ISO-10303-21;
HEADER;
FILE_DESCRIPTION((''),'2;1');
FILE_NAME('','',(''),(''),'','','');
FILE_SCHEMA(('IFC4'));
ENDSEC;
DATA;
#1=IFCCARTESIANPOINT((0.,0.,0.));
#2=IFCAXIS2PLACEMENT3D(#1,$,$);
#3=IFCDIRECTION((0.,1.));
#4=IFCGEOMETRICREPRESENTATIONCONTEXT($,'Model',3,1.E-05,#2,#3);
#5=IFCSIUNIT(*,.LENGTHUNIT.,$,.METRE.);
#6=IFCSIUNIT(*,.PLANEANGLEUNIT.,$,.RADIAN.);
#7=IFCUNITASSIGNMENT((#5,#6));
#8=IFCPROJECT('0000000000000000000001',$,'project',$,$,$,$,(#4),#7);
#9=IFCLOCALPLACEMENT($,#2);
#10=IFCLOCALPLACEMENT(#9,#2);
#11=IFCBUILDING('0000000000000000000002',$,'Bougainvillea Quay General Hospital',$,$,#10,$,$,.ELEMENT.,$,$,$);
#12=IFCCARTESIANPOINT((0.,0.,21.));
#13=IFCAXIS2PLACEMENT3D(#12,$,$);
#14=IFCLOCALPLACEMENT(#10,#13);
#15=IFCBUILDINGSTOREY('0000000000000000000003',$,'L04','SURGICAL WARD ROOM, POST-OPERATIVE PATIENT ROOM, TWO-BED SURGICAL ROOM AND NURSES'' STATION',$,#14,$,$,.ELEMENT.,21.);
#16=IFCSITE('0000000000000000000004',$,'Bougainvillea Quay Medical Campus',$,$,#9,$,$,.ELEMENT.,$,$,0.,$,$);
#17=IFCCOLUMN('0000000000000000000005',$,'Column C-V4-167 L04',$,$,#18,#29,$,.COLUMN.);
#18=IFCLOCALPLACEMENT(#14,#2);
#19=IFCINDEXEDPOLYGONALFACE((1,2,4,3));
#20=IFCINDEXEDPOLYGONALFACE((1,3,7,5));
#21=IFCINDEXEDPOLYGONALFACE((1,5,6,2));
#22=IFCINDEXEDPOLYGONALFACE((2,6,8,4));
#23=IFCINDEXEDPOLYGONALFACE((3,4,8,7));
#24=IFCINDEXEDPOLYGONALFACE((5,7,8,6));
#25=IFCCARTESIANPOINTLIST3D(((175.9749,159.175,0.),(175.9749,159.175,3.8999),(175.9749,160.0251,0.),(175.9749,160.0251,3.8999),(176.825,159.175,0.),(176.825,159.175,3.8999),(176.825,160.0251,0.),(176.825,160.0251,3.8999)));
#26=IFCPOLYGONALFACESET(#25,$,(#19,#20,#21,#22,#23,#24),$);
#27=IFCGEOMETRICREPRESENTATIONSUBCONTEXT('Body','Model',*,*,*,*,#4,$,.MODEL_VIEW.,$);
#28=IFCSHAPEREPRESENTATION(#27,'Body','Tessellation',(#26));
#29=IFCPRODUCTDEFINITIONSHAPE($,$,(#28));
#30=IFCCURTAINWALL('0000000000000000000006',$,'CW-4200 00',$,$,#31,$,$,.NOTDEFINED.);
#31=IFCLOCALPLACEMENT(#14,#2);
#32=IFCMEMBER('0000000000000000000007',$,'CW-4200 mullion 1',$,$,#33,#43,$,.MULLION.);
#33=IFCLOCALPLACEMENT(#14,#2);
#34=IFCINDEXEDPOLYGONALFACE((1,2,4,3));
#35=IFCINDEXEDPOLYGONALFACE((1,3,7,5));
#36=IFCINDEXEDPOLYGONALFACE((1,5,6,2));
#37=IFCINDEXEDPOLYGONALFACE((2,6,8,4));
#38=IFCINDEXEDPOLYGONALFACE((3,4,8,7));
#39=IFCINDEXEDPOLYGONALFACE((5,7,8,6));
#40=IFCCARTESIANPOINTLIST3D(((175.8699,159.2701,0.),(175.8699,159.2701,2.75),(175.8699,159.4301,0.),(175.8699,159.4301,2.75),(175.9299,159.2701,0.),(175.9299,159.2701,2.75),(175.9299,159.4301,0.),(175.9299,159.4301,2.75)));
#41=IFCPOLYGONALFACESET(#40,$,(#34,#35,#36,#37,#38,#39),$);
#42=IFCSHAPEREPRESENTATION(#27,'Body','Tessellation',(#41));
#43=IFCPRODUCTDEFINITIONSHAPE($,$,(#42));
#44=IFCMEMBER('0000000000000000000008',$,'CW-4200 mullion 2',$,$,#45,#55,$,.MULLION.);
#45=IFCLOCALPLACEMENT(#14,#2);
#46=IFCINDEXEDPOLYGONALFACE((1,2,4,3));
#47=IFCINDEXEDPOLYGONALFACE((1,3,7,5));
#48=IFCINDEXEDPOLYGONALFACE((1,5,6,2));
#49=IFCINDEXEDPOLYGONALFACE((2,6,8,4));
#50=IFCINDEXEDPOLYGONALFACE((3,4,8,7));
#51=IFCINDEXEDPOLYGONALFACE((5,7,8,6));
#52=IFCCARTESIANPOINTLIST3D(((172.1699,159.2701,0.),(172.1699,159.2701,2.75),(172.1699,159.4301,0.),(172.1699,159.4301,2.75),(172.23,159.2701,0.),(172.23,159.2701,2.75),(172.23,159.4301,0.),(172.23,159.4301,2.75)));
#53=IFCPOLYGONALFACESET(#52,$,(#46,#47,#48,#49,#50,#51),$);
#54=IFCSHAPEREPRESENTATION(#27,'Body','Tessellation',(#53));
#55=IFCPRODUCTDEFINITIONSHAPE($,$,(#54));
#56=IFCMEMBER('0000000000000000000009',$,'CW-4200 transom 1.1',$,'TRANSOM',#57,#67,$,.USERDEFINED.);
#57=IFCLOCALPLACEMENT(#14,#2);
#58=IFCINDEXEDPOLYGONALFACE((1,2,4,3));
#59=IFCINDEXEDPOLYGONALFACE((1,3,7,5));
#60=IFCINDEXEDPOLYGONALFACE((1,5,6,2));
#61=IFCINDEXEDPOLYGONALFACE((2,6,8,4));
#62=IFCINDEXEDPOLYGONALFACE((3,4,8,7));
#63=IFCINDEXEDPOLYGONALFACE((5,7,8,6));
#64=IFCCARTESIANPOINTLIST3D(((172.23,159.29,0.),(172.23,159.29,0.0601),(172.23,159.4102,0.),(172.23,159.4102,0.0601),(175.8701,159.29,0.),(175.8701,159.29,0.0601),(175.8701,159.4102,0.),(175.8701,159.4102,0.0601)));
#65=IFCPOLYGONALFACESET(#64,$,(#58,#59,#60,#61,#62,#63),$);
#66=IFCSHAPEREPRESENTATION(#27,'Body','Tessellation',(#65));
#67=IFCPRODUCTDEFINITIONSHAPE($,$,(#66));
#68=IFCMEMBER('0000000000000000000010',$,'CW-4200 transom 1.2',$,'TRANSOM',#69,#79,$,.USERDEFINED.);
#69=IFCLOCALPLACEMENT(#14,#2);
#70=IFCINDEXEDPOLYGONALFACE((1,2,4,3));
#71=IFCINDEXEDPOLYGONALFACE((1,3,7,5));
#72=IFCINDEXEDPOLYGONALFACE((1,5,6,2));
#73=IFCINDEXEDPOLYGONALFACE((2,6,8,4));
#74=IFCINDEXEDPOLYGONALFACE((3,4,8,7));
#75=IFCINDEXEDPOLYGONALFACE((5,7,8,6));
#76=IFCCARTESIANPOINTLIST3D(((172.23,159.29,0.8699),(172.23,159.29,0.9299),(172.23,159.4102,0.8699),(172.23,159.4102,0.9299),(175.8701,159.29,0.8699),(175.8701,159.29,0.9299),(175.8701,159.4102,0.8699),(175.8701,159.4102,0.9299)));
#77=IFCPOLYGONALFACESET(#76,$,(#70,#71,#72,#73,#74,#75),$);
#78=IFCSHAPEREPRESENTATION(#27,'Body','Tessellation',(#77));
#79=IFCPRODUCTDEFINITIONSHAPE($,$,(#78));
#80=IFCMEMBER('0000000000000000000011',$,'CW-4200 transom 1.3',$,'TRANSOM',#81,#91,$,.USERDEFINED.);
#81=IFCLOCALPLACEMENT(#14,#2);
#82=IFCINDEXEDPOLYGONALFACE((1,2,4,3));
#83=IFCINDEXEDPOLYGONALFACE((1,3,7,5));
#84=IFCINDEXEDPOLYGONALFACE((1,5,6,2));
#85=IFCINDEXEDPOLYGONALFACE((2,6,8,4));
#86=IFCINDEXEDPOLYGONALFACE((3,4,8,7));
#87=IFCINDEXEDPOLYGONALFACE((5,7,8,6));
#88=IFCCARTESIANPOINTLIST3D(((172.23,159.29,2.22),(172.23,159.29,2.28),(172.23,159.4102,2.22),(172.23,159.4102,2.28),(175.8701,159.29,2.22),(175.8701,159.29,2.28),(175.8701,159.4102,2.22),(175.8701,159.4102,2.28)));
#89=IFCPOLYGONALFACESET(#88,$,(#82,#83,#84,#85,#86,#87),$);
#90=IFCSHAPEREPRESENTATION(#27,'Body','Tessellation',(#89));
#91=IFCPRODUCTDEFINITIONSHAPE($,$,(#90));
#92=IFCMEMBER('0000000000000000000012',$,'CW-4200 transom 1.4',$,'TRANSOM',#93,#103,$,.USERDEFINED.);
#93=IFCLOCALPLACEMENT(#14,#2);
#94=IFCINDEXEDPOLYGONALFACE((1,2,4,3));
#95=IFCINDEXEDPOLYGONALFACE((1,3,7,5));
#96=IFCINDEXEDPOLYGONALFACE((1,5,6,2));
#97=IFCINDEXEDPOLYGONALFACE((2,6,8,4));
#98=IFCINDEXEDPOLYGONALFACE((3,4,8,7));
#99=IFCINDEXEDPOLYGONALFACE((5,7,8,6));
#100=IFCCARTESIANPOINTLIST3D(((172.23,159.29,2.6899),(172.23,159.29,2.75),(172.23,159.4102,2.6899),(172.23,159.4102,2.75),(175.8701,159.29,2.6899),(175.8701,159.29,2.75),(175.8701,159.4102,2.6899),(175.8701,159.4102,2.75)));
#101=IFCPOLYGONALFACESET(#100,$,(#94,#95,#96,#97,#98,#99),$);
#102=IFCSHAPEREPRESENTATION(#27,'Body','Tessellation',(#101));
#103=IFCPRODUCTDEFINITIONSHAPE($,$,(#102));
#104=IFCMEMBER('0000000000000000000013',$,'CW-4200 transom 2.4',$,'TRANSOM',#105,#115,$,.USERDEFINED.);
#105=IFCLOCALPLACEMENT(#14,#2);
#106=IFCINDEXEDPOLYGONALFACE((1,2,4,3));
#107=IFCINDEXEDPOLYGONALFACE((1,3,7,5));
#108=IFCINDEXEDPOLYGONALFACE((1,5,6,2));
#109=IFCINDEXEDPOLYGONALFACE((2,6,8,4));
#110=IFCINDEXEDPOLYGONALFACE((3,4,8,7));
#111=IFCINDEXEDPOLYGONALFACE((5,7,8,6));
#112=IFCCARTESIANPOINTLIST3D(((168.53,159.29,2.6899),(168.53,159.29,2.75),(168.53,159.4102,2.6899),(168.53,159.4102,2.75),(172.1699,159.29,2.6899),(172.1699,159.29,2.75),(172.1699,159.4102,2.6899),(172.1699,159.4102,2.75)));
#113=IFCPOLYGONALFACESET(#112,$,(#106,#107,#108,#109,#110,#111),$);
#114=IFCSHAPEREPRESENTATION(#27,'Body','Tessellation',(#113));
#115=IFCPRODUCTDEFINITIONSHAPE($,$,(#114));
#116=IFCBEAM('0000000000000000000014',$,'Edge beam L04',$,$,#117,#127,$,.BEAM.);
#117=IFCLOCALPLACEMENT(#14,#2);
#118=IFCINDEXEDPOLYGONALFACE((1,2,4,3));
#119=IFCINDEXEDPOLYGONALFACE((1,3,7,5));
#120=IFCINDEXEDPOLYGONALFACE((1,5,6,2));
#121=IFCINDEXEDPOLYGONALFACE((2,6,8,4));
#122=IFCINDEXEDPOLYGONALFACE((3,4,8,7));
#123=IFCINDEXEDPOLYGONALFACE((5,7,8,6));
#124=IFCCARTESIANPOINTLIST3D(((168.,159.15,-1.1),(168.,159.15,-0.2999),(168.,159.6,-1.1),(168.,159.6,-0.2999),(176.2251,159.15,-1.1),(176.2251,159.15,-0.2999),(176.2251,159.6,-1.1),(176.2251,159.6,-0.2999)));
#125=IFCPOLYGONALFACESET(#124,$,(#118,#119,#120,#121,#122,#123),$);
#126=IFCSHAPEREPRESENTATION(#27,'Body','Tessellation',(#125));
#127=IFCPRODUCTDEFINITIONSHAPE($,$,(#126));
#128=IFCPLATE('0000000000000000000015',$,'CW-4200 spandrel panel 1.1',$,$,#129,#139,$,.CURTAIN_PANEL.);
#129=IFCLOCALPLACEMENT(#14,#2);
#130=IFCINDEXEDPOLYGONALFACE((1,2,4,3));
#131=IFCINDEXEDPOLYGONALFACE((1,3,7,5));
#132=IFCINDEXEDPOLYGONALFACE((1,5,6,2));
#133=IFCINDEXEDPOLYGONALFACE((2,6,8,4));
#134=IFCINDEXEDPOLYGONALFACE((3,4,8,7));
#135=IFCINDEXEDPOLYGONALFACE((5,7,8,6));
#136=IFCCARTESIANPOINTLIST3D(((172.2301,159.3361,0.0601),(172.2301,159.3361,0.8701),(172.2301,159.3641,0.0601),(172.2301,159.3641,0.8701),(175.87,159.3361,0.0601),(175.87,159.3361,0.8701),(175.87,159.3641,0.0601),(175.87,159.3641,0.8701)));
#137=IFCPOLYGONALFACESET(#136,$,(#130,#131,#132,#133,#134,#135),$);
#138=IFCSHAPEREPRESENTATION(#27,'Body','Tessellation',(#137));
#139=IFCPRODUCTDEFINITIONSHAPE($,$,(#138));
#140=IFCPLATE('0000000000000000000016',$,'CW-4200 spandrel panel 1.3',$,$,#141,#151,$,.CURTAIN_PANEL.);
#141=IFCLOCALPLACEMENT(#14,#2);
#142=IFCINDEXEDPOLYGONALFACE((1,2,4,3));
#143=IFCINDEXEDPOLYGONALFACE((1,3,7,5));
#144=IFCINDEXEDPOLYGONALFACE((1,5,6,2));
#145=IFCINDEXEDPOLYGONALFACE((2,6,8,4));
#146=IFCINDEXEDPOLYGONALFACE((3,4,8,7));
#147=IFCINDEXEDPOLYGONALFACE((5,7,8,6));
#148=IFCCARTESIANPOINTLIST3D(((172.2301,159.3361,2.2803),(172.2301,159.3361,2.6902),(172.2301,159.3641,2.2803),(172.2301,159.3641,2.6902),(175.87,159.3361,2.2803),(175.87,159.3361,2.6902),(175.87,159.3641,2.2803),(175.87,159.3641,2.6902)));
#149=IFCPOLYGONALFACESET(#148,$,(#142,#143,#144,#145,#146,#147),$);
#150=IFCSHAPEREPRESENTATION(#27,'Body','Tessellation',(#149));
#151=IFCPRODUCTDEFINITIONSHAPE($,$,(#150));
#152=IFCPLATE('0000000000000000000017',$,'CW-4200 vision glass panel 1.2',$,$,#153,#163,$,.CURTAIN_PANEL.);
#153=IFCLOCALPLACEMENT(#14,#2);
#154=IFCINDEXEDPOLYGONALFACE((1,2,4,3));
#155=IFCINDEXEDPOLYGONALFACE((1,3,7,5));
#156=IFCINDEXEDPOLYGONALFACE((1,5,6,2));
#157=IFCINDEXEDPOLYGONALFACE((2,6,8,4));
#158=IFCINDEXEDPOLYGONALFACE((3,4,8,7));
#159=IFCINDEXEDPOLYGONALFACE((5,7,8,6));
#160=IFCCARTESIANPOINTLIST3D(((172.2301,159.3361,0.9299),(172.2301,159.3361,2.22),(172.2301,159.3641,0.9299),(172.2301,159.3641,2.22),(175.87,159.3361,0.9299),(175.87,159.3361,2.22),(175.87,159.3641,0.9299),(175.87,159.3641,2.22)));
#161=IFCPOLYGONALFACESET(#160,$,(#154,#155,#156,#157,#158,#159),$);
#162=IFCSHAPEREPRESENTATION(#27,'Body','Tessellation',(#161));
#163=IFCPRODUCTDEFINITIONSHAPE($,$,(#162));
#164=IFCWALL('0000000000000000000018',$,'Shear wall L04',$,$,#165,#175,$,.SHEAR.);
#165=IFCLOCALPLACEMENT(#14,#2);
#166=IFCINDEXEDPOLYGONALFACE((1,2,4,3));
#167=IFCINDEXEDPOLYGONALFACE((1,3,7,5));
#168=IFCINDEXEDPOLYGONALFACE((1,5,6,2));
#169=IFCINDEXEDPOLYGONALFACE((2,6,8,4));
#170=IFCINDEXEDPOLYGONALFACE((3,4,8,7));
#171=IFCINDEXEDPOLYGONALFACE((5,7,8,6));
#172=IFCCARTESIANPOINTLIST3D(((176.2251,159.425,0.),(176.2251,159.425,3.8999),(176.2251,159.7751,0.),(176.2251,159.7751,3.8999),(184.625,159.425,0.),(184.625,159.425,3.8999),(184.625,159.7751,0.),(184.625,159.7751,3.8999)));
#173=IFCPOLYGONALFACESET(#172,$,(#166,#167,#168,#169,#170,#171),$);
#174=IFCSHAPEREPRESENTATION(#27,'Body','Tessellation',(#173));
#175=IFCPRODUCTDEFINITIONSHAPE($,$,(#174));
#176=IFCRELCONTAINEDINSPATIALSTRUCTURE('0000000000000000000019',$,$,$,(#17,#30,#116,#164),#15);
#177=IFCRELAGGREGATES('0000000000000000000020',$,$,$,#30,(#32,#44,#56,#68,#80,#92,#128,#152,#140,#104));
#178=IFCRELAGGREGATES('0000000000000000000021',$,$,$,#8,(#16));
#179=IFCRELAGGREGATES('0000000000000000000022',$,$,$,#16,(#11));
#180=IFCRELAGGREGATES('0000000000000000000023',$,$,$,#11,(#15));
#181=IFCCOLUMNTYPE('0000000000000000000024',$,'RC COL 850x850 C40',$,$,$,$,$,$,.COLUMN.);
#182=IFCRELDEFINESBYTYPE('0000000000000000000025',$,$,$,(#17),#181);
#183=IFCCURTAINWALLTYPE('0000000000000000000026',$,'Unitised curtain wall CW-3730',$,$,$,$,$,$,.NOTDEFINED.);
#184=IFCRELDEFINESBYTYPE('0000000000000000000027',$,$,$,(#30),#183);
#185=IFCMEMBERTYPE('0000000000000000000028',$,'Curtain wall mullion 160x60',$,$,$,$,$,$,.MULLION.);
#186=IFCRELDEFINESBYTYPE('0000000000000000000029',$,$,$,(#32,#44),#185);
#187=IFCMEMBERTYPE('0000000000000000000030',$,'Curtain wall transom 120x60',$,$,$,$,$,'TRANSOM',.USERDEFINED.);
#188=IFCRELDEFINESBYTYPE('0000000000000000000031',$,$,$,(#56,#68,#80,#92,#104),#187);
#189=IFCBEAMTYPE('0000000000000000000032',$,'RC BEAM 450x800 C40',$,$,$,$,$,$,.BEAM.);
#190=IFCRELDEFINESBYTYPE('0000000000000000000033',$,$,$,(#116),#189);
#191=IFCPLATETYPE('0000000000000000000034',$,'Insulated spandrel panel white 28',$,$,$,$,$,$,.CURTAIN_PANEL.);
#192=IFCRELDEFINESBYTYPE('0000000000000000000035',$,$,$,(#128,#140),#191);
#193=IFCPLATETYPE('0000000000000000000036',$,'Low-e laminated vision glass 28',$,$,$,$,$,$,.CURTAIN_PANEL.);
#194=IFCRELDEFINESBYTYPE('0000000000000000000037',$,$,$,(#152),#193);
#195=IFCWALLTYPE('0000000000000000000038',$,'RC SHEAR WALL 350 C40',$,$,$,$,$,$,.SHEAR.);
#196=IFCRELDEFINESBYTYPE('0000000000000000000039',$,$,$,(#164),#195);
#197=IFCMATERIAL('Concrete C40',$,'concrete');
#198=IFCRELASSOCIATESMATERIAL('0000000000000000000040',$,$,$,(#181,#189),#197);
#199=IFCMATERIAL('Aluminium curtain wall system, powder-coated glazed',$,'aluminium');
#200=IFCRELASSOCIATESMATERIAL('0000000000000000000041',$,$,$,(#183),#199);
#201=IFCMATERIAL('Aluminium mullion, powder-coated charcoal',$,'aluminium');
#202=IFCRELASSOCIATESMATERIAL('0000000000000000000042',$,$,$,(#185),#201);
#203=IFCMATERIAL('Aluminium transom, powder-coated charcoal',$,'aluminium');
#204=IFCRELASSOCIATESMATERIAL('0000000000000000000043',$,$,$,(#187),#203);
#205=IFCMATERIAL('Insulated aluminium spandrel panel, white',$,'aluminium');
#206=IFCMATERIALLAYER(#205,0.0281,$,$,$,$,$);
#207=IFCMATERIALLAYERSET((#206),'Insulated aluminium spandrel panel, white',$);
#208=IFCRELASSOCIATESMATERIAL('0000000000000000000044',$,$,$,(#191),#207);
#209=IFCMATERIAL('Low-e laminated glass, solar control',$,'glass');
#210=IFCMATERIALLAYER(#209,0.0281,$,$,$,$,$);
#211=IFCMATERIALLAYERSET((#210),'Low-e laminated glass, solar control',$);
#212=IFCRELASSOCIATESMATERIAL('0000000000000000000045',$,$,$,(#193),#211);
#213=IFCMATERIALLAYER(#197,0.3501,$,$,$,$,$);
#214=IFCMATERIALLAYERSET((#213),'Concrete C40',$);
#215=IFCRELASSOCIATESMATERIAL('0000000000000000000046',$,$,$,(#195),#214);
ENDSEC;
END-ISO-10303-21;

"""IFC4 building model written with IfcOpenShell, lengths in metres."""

from ifc_helpers import new_model, si_unit, direction, frame, frame_2d, origin, origin_2d, place, context, subcontext, project, spatial, rectangle, extrude, material, layer, layer_set, material_profile, profile_set, type_object, element, aggregate, save


model = new_model("IFC4")

# Units and contexts
model_context = context("Model", 3, precision=1e-05, world=origin(), true_north=direction((0.0, 1.0)))
body_context = subcontext(model_context, "Body", "Model", "MODEL_VIEW")
ifc_project = project(units=[si_unit("LENGTHUNIT", "METRE"), si_unit("PLANEANGLEUNIT", "RADIAN")], contexts=[model_context])

# Site, building, storey
site_placement = place(None, origin())
site = spatial("IfcSite", under=ifc_project, at=site_placement, Name="Bougainvillea Quay Medical Campus", CompositionType="ELEMENT", RefElevation=0.0)
building_placement = place(site_placement, origin())
building = spatial("IfcBuilding", under=site, at=building_placement, Name="Bougainvillea Quay General Hospital", CompositionType="ELEMENT")
storey_placement = place(building_placement, frame((0.0, 0.0, 21.0)))
storey = spatial("IfcBuildingStorey", under=building, at=storey_placement, Name="L04", Description="SURGICAL WARD ROOM, POST-OPERATIVE PATIENT ROOM, TWO-BED SURGICAL ROOM AND NURSES' STATION", CompositionType="ELEMENT", Elevation=21.0)

# Column
ifc_material_1 = material(Name="Concrete C40", Category="concrete")
ifc_material_profile_1 = material_profile(ifc_material_1, rectangle(XDim=0.8501, YDim=0.8501, at=origin_2d()))
ifc_profile_set_1 = profile_set([ifc_material_profile_1], Name="Concrete C40")
column_type = type_object("IfcColumnType", Name="RC COL 850x850 C40", PredefinedType="COLUMN", material=ifc_profile_set_1)
column_placement = place(storey_placement, frame((176.3999, 159.6001, 0.0), z_axis=(0.0, 0.0, 1.0), x_axis=(1.0, 0.0, 0.0)))
element("IfcColumn", 1, at=column_placement, inside=storey, type_object=column_type, Name="Column C-V4-167 L04", PredefinedType="COLUMN", context=body_context, shape_type="SweptSolid", body=[
    extrude(rectangle(XDim=0.8501, YDim=0.8501, at=origin_2d()), origin(), (0.0, 0.0, 1.0), 3.8999),
])

# Curtain wall, members
ifc_material_2 = material(Name="Aluminium curtain wall system, powder-coated glazed", Category="aluminium")
curtain_wall_type = type_object("IfcCurtainWallType", Name="Unitised curtain wall CW-3730", PredefinedType="NOTDEFINED", material=ifc_material_2)
curtain_wall_placement = place(storey_placement, origin())
curtain_wall = element("IfcCurtainWall", 2, at=curtain_wall_placement, inside=storey, type_object=curtain_wall_type, Name="CW-4200 00", PredefinedType="NOTDEFINED")
ifc_material_3 = material(Name="Aluminium mullion, powder-coated charcoal", Category="aluminium")
ifc_material_profile_2 = material_profile(ifc_material_3, rectangle(XDim=0.1599, YDim=0.0601, at=origin_2d()))
ifc_profile_set_2 = profile_set([ifc_material_profile_2], Name="Aluminium mullion, powder-coated charcoal")
member_type_1 = type_object("IfcMemberType", Name="Curtain wall mullion 160x60", PredefinedType="MULLION", material=ifc_profile_set_2)
member_1_placement = place(storey_placement, frame((175.8999, 159.3501, 0.0), z_axis=(0.0, 0.0, 1.0), x_axis=(0.0, -1.0, 0.0)))
member_1 = element("IfcMember", 3, at=member_1_placement, type_object=member_type_1, Name="CW-4200 mullion 1", PredefinedType="MULLION", context=body_context, shape_type="SweptSolid", body=[
    extrude(rectangle(XDim=0.1599, YDim=0.0601, at=origin_2d()), origin(), (0.0, 0.0, 1.0), 2.75),
])
member_2_placement = place(storey_placement, frame((172.2, 159.3501, 0.0), z_axis=(0.0, 0.0, 1.0), x_axis=(0.0, -1.0, 0.0)))
member_2 = element("IfcMember", 4, at=member_2_placement, type_object=member_type_1, Name="CW-4200 mullion 2", PredefinedType="MULLION", context=body_context, shape_type="SweptSolid", body=[
    extrude(rectangle(XDim=0.1599, YDim=0.0601, at=origin_2d()), origin(), (0.0, 0.0, 1.0), 2.75),
])
ifc_material_4 = material(Name="Aluminium transom, powder-coated charcoal", Category="aluminium")
ifc_material_profile_3 = material_profile(ifc_material_4, rectangle(XDim=0.1201, YDim=0.0601, at=origin_2d()))
ifc_profile_set_3 = profile_set([ifc_material_profile_3], Name="Aluminium transom, powder-coated charcoal")
member_type_2 = type_object("IfcMemberType", Name="Curtain wall transom 120x60", ElementType="TRANSOM", PredefinedType="USERDEFINED", material=ifc_profile_set_3)
member_3_placement = place(storey_placement, frame((175.8701, 159.3501, 0.03), z_axis=(-1.0, 0.0, 0.0), x_axis=(0.0, -1.0, 0.0)))
member_3 = element("IfcMember", 5, at=member_3_placement, type_object=member_type_2, Name="CW-4200 transom 1.1", ObjectType="TRANSOM", PredefinedType="USERDEFINED", context=body_context, shape_type="SweptSolid", body=[
    extrude(rectangle(XDim=0.1201, YDim=0.0601, at=origin_2d()), origin(), (0.0, 0.0, 1.0), 3.6401),
])
member_4_placement = place(storey_placement, frame((175.8701, 159.3501, 0.8999), z_axis=(-1.0, 0.0, 0.0), x_axis=(0.0, -1.0, 0.0)))
member_4 = element("IfcMember", 6, at=member_4_placement, type_object=member_type_2, Name="CW-4200 transom 1.2", ObjectType="TRANSOM", PredefinedType="USERDEFINED", context=body_context, shape_type="SweptSolid", body=[
    extrude(rectangle(XDim=0.1201, YDim=0.0601, at=origin_2d()), origin(), (0.0, 0.0, 1.0), 3.6401),
])
member_5_placement = place(storey_placement, frame((175.8701, 159.3501, 2.25), z_axis=(-1.0, 0.0, 0.0), x_axis=(0.0, -1.0, 0.0)))
member_5 = element("IfcMember", 7, at=member_5_placement, type_object=member_type_2, Name="CW-4200 transom 1.3", ObjectType="TRANSOM", PredefinedType="USERDEFINED", context=body_context, shape_type="SweptSolid", body=[
    extrude(rectangle(XDim=0.1201, YDim=0.0601, at=origin_2d()), origin(), (0.0, 0.0, 1.0), 3.6401),
])
member_6_placement = place(storey_placement, frame((175.8701, 159.3501, 2.72), z_axis=(-1.0, 0.0, 0.0), x_axis=(0.0, -1.0, 0.0)))
member_6 = element("IfcMember", 8, at=member_6_placement, type_object=member_type_2, Name="CW-4200 transom 1.4", ObjectType="TRANSOM", PredefinedType="USERDEFINED", context=body_context, shape_type="SweptSolid", body=[
    extrude(rectangle(XDim=0.1201, YDim=0.0601, at=origin_2d()), origin(), (0.0, 0.0, 1.0), 3.6401),
])
member_7_placement = place(storey_placement, frame((172.1699, 159.3501, 2.72), z_axis=(-1.0, 0.0, 0.0), x_axis=(0.0, -1.0, 0.0)))
member_7 = element("IfcMember", 9, at=member_7_placement, type_object=member_type_2, Name="CW-4200 transom 2.4", ObjectType="TRANSOM", PredefinedType="USERDEFINED", context=body_context, shape_type="SweptSolid", body=[
    extrude(rectangle(XDim=0.1201, YDim=0.0601, at=origin_2d()), origin(), (0.0, 0.0, 1.0), 3.6399),
])

# Beam
ifc_material_profile_4 = material_profile(ifc_material_1, rectangle(XDim=0.45, YDim=0.8, at=origin_2d()))
ifc_profile_set_4 = profile_set([ifc_material_profile_4], Name="Concrete C40")
beam_type = type_object("IfcBeamType", Name="RC BEAM 450x800 C40", PredefinedType="BEAM", material=ifc_profile_set_4)
beam_placement = place(storey_placement, frame((176.2251, 159.375, -0.7), z_axis=(-1.0, 0.0, 0.0), x_axis=(0.0, -1.0, 0.0)))
element("IfcBeam", 10, at=beam_placement, inside=storey, type_object=beam_type, Name="Edge beam L04", PredefinedType="BEAM", context=body_context, shape_type="SweptSolid", body=[
    extrude(rectangle(XDim=0.45, YDim=0.8, at=origin_2d()), origin(), (0.0, 0.0, 1.0), 8.2251),
])

# Plates
ifc_material_5 = material(Name="Insulated aluminium spandrel panel, white", Category="aluminium")
ifc_layer_1 = layer(ifc_material_5, 0.0281)
ifc_layer_set_1 = layer_set([ifc_layer_1], Name="Insulated aluminium spandrel panel, white")
plate_type_1 = type_object("IfcPlateType", Name="Insulated spandrel panel white 28", PredefinedType="CURTAIN_PANEL", material=ifc_layer_set_1)
plate_1_placement = place(storey_placement, frame((174.05, 159.3501, 0.0601), z_axis=(0.0, 0.0, 1.0), x_axis=(-1.0, 0.0, 0.0)))
plate_1 = element("IfcPlate", 11, at=plate_1_placement, type_object=plate_type_1, Name="CW-4200 spandrel panel 1.1", PredefinedType="CURTAIN_PANEL", context=body_context, shape_type="SweptSolid", body=[
    extrude(rectangle(XDim=3.6399, YDim=0.0281, at=origin_2d()), origin(), (0.0, 0.0, 1.0), 0.8101),
])
plate_2_placement = place(storey_placement, frame((174.05, 159.3501, 2.2803), z_axis=(0.0, 0.0, 1.0), x_axis=(-1.0, 0.0, 0.0)))
plate_2 = element("IfcPlate", 12, at=plate_2_placement, type_object=plate_type_1, Name="CW-4200 spandrel panel 1.3", PredefinedType="CURTAIN_PANEL", context=body_context, shape_type="SweptSolid", body=[
    extrude(rectangle(XDim=3.6399, YDim=0.0281, at=origin_2d()), origin(), (0.0, 0.0, 1.0), 0.4099),
])
ifc_material_6 = material(Name="Low-e laminated glass, solar control", Category="glass")
ifc_layer_2 = layer(ifc_material_6, 0.0281)
ifc_layer_set_2 = layer_set([ifc_layer_2], Name="Low-e laminated glass, solar control")
plate_type_2 = type_object("IfcPlateType", Name="Low-e laminated vision glass 28", PredefinedType="CURTAIN_PANEL", material=ifc_layer_set_2)
plate_3_placement = place(storey_placement, frame((174.05, 159.3501, 0.9299), z_axis=(0.0, 0.0, 1.0), x_axis=(-1.0, 0.0, 0.0)))
plate_3 = element("IfcPlate", 13, at=plate_3_placement, type_object=plate_type_2, Name="CW-4200 vision glass panel 1.2", PredefinedType="CURTAIN_PANEL", context=body_context, shape_type="SweptSolid", body=[
    extrude(rectangle(XDim=3.6399, YDim=0.0281, at=origin_2d()), origin(), (0.0, 0.0, 1.0), 1.29),
])
aggregate(curtain_wall, [member_1, member_2, member_3, member_4, member_5, member_6, plate_1, plate_3, plate_2, member_7])

# Wall
ifc_layer_3 = layer(ifc_material_1, 0.3501)
ifc_layer_set_3 = layer_set([ifc_layer_3], Name="Concrete C40")
wall_type = type_object("IfcWallType", Name="RC SHEAR WALL 350 C40", PredefinedType="SHEAR", material=ifc_layer_set_3)
wall_placement = place(storey_placement, frame((176.2251, 159.6001, 0.0), z_axis=(0.0, 0.0, 1.0), x_axis=(1.0, 0.0, 0.0)))
element("IfcWall", 14, at=wall_placement, inside=storey, type_object=wall_type, Name="Shear wall L04", PredefinedType="SHEAR", context=body_context, shape_type="SweptSolid", body=[
    extrude(rectangle(XDim=8.3999, YDim=0.3501, at=frame_2d((4.2, 0.0))), origin(), (0.0, 0.0, 1.0), 3.8999),
])

save(model, "model.ifc")
